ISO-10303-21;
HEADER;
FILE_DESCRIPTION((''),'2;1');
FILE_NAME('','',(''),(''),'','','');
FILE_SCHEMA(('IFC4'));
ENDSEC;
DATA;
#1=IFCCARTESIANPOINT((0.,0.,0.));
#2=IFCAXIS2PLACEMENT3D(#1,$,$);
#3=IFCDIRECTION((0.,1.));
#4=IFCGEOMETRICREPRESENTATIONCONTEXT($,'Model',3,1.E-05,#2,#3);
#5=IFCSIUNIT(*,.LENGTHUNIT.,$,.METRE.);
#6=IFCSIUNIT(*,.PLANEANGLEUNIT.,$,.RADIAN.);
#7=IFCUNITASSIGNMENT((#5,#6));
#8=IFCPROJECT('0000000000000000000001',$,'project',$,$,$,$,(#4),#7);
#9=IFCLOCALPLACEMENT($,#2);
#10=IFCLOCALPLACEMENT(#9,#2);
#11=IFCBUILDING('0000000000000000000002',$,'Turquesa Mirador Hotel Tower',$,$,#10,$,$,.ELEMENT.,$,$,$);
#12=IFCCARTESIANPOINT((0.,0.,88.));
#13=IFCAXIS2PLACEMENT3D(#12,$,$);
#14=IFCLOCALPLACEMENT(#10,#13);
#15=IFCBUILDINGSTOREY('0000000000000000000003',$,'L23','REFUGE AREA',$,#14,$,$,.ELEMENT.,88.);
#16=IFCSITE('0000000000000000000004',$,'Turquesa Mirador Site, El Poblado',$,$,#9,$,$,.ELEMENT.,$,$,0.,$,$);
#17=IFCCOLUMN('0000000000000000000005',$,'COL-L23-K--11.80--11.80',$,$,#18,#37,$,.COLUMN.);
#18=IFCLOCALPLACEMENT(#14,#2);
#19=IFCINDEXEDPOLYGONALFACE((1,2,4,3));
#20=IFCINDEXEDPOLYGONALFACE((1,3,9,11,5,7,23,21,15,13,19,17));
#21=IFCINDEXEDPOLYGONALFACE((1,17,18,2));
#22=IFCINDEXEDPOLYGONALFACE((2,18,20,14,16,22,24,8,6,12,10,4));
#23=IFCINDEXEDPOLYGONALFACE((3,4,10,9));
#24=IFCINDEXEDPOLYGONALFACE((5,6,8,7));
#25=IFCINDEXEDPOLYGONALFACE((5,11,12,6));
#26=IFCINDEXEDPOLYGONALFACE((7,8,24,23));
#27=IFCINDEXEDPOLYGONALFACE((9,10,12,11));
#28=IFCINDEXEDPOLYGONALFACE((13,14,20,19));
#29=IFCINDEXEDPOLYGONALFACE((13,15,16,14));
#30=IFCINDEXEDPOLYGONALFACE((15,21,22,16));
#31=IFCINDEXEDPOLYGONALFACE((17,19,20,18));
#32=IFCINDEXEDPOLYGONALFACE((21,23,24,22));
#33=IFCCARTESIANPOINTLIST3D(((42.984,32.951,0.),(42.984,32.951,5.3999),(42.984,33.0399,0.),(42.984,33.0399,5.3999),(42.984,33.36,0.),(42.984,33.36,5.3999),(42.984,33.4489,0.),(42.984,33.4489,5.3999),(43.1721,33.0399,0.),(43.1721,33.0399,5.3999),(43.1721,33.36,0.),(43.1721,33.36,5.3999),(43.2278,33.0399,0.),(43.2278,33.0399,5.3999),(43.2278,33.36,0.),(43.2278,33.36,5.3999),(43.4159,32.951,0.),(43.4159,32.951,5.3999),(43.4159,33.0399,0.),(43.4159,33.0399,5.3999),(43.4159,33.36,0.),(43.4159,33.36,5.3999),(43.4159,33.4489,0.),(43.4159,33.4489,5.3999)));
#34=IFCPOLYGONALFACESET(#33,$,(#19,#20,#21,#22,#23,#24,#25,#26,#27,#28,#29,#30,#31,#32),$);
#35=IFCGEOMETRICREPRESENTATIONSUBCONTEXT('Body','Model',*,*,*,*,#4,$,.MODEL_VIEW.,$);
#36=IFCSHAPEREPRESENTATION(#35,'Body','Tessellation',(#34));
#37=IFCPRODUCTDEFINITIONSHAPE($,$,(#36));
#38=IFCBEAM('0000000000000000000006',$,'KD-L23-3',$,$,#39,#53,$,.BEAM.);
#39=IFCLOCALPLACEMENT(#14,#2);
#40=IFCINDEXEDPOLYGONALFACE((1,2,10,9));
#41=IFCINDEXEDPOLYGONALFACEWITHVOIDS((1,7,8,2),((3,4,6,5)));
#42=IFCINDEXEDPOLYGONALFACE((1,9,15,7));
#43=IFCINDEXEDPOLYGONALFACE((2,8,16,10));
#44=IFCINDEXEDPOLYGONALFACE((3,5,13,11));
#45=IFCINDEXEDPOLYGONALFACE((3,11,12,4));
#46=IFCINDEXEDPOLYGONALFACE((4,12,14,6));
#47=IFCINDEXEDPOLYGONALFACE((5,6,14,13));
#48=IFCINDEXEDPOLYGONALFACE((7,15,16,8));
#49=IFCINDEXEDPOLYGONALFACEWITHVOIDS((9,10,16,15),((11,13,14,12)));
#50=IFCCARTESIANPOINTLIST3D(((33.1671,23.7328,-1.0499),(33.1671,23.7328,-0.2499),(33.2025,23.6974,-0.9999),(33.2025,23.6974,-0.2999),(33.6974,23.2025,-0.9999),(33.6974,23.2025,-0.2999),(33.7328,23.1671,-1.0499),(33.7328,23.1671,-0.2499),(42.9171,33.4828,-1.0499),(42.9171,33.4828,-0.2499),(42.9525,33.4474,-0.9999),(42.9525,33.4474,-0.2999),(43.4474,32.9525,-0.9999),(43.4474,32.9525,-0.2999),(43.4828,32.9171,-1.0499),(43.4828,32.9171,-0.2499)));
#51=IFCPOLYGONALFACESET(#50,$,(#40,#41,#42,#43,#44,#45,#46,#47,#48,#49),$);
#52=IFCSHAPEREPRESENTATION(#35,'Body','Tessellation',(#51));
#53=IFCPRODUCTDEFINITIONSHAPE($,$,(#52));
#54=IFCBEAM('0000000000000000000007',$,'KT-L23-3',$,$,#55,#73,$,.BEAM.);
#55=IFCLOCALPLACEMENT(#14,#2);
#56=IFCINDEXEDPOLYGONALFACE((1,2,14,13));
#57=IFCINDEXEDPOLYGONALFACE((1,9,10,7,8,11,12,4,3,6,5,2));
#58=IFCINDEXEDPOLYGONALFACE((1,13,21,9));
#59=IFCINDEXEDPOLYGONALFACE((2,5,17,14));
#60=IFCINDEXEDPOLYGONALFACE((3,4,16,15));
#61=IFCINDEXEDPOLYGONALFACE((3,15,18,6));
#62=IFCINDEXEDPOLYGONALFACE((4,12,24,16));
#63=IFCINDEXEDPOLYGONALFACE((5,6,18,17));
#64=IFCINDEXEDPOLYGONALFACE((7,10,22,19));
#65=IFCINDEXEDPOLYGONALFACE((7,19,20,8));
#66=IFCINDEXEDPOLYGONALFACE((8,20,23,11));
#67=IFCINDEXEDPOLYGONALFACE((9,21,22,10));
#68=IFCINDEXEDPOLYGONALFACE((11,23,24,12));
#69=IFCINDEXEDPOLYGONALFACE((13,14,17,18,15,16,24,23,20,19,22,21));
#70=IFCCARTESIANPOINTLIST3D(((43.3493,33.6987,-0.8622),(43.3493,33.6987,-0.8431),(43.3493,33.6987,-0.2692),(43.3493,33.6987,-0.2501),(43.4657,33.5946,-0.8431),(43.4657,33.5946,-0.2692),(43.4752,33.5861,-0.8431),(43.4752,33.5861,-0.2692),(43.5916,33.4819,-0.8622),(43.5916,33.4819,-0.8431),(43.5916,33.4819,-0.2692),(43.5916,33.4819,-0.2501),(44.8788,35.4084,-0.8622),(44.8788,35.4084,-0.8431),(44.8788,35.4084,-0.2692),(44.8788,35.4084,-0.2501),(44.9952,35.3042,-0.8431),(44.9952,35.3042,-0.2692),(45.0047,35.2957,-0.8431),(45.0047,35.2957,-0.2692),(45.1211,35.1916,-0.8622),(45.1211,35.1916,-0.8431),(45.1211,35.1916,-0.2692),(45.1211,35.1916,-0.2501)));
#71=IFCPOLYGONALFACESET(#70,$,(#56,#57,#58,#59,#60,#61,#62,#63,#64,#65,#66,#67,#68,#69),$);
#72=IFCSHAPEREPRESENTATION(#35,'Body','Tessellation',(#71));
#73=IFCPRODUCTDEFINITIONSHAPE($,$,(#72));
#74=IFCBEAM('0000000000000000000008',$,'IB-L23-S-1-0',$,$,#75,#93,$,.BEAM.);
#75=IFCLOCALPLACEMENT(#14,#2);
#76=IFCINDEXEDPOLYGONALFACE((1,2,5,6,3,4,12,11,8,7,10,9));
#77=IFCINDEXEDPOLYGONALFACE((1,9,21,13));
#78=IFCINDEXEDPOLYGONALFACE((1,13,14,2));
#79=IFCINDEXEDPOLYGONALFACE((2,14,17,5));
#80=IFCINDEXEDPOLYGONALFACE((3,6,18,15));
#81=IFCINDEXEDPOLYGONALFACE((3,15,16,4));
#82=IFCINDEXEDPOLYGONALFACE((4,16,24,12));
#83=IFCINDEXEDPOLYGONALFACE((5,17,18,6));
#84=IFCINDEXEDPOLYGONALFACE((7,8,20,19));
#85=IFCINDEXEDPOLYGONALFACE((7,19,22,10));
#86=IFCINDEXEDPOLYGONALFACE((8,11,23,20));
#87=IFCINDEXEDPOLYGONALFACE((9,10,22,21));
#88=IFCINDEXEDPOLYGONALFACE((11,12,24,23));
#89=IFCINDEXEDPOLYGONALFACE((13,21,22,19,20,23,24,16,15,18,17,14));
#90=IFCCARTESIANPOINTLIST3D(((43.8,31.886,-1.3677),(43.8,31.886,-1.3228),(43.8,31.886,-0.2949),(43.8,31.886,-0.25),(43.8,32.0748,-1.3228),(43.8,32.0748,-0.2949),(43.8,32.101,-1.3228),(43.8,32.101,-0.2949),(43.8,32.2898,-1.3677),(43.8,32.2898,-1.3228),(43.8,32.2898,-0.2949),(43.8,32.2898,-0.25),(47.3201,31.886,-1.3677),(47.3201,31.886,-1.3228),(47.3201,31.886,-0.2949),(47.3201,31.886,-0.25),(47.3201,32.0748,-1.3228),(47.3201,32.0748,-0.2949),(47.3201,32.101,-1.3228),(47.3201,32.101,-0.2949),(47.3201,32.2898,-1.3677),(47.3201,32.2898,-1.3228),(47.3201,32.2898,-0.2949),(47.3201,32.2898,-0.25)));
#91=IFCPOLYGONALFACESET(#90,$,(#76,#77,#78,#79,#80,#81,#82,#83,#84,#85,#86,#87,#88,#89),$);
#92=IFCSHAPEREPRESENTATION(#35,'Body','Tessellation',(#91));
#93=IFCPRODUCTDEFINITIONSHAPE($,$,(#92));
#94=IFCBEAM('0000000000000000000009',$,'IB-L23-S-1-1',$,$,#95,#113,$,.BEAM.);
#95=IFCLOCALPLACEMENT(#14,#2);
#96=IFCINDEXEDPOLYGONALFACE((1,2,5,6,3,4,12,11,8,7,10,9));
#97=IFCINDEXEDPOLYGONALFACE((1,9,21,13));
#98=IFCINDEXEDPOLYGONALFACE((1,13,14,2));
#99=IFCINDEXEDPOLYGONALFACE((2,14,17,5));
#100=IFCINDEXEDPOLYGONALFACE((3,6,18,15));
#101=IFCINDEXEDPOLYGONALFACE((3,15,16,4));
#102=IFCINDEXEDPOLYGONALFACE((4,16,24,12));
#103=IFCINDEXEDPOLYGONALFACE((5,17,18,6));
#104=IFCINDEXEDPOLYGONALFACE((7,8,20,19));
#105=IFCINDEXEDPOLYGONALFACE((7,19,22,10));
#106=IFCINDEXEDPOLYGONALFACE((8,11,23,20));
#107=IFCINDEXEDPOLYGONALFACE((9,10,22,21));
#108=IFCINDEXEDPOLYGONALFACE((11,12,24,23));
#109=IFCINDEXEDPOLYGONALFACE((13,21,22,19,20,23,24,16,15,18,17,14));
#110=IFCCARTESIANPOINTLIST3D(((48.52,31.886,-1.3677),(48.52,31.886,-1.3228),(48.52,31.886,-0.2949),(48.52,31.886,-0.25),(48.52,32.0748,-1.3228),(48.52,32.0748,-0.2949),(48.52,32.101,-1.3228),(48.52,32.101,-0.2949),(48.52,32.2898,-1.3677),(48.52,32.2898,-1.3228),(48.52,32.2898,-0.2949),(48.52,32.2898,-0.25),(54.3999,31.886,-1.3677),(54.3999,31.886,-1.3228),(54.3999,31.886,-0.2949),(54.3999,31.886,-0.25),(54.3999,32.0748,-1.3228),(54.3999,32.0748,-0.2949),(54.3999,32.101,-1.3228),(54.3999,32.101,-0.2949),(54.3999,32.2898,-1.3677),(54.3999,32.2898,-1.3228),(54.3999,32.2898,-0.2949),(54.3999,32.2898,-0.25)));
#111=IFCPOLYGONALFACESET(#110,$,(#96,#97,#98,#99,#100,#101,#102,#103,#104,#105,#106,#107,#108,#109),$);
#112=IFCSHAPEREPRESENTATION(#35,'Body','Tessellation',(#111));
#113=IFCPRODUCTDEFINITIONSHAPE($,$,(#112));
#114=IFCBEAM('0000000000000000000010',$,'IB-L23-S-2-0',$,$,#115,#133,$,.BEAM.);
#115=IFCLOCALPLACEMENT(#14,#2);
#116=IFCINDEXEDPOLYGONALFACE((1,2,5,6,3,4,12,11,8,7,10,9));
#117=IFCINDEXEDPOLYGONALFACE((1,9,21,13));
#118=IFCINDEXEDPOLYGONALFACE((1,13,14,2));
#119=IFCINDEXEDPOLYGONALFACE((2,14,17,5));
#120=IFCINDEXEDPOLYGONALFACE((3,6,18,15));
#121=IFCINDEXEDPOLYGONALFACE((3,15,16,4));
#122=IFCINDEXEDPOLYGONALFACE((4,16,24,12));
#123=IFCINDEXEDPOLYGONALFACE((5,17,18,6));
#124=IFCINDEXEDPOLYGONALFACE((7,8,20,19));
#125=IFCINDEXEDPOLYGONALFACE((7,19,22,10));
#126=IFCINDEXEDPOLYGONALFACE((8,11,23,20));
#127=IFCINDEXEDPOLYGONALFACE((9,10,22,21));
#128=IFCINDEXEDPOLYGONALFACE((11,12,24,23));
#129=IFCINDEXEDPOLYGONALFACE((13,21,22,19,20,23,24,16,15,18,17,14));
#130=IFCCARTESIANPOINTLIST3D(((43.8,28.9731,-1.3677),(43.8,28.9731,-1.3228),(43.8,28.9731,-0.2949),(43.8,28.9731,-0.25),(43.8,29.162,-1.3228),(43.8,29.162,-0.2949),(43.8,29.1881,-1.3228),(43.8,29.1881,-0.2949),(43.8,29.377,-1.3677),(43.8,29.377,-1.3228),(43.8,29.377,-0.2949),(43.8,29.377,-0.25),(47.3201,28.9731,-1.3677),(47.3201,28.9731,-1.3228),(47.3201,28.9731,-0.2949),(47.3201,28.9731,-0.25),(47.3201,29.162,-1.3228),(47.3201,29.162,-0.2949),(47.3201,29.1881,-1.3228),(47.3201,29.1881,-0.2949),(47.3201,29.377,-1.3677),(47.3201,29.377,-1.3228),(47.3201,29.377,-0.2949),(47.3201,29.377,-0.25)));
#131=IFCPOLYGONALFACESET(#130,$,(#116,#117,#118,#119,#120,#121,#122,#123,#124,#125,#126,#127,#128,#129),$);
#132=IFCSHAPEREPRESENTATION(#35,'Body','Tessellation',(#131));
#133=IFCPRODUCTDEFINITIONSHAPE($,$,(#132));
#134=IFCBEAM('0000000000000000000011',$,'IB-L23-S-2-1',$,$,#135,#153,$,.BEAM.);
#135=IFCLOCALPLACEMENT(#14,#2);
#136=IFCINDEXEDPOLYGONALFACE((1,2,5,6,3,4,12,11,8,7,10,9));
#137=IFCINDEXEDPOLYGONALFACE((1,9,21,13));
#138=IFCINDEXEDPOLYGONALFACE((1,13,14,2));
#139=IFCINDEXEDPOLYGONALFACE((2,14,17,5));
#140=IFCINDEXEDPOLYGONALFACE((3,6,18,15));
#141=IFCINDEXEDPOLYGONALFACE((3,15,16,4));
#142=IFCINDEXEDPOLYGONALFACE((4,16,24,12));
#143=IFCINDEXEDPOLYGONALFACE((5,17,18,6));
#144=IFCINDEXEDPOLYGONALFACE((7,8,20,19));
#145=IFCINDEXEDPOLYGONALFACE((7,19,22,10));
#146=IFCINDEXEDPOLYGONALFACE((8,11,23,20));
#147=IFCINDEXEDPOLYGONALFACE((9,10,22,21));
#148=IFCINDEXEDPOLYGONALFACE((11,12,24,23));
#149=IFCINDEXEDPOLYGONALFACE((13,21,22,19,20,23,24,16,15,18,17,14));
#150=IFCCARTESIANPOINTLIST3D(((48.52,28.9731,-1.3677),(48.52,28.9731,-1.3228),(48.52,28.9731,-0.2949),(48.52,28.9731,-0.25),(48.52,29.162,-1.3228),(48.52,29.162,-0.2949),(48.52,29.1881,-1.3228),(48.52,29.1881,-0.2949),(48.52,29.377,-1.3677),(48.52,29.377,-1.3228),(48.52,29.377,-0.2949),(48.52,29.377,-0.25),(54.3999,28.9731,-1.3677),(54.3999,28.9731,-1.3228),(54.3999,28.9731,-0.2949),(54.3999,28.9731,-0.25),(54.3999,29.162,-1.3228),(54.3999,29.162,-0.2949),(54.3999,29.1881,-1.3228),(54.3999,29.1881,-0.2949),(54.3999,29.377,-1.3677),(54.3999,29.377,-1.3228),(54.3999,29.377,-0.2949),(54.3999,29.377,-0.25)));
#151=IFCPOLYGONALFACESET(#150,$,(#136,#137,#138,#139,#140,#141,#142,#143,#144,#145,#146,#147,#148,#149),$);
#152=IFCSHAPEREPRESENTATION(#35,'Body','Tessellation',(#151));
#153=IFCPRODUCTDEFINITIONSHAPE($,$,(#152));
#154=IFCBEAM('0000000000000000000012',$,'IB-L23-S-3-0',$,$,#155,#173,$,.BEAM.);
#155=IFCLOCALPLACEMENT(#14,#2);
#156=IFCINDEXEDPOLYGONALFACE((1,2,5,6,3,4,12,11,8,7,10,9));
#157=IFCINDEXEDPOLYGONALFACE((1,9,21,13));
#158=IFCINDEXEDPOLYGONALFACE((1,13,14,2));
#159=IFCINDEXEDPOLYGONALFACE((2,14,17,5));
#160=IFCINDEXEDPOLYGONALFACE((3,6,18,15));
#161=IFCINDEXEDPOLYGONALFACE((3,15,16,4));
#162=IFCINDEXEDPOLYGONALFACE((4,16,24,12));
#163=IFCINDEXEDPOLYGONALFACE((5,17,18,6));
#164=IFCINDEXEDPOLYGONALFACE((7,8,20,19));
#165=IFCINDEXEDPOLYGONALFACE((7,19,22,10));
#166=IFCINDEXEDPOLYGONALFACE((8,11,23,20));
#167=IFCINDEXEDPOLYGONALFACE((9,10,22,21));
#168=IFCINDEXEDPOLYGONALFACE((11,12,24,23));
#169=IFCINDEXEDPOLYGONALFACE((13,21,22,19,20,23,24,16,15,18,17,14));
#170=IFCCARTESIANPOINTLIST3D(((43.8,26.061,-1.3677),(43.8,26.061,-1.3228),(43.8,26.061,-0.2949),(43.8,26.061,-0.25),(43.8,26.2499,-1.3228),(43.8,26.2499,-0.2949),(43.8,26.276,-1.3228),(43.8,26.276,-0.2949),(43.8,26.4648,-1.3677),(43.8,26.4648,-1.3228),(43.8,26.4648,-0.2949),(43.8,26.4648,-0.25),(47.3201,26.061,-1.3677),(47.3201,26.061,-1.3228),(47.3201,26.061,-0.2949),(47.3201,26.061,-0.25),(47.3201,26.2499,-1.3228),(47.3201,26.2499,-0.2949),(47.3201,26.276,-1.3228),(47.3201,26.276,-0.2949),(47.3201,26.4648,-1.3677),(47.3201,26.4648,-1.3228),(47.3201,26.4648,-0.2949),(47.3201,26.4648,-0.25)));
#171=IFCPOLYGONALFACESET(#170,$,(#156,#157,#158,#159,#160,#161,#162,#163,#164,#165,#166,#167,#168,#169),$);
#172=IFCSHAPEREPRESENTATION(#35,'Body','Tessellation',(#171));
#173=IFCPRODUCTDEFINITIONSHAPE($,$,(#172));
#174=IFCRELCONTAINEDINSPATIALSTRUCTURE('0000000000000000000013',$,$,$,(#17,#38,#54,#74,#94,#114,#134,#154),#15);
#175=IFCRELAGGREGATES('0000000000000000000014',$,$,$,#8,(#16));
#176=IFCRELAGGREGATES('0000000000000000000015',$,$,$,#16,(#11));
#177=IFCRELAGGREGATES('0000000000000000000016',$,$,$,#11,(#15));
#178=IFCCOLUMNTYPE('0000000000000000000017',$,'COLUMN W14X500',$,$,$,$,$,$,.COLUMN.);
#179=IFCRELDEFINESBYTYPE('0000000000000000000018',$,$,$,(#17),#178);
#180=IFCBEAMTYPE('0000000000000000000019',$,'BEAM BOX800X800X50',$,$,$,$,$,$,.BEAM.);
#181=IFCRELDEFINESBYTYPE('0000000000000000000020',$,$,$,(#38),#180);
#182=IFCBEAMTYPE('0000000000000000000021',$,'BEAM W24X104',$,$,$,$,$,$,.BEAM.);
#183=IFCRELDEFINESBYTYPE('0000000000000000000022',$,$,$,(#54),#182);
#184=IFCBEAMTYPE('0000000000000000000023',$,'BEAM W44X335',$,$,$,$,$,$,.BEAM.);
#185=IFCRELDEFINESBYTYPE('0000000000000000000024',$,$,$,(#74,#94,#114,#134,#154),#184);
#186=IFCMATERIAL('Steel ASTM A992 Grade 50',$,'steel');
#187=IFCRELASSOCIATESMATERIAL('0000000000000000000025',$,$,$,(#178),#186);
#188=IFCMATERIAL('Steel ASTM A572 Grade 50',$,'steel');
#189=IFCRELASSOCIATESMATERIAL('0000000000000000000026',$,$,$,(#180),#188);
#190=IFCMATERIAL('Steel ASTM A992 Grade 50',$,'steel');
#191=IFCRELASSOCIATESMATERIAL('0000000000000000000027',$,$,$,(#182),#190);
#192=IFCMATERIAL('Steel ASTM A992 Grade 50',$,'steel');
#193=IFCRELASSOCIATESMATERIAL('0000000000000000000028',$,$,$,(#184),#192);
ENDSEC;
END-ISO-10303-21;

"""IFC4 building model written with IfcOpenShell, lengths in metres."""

from ifc_helpers import new_model, si_unit, direction, frame, origin, origin_2d, place, context, subcontext, project, spatial, hollow_rectangle, i_section, extrude, material, material_profile, profile_set, type_object, element, save


model = new_model("IFC4")

# Units and contexts
model_context = context("Model", 3, precision=1e-05, world=origin(), true_north=direction((0.0, 1.0)))
body_context = subcontext(model_context, "Body", "Model", "MODEL_VIEW")
ifc_project = project(units=[si_unit("LENGTHUNIT", "METRE"), si_unit("PLANEANGLEUNIT", "RADIAN")], contexts=[model_context])

# Site, building, storey
site_placement = place(None, origin())
site = spatial("IfcSite", under=ifc_project, at=site_placement, Name="Turquesa Mirador Site, El Poblado", CompositionType="ELEMENT", RefElevation=0.0)
building_placement = place(site_placement, origin())
building = spatial("IfcBuilding", under=site, at=building_placement, Name="Turquesa Mirador Hotel Tower", CompositionType="ELEMENT")
storey_placement = place(building_placement, frame((0.0, 0.0, 88.0)))
storey = spatial("IfcBuildingStorey", under=building, at=storey_placement, Name="L23", Description="REFUGE AREA", CompositionType="ELEMENT", Elevation=88.0)

# Column
ifc_material_1 = material(Name="Steel ASTM A992 Grade 50", Category="steel")
ifc_material_profile_1 = material_profile(ifc_material_1, i_section(OverallWidth=0.4319, OverallDepth=0.4978, WebThickness=0.0557, FlangeThickness=0.0889, at=origin_2d()), Name="W14X500")
ifc_profile_set_1 = profile_set([ifc_material_profile_1], Name="Steel ASTM A992 Grade 50")
column_type = type_object("IfcColumnType", Name="COLUMN W14X500", PredefinedType="COLUMN", material=ifc_profile_set_1)
column_placement = place(storey_placement, frame((43.2, 33.2, 0.0), z_axis=(0.0, 0.0, 1.0), x_axis=(1.0, 0.0, 0.0)))
element("IfcColumn", 1, at=column_placement, inside=storey, type_object=column_type, Name="COL-L23-K--11.80--11.80", PredefinedType="COLUMN", context=body_context, shape_type="SweptSolid", body=[
    extrude(i_section(OverallWidth=0.4319, OverallDepth=0.4978, WebThickness=0.0557, FlangeThickness=0.0889, at=origin_2d()), origin(), (0.0, 0.0, 1.0), 5.3999),
])

# Beams
ifc_material_2 = material(Name="Steel ASTM A572 Grade 50", Category="steel")
ifc_material_profile_2 = material_profile(ifc_material_2, hollow_rectangle(XDim=0.8, YDim=0.8, WallThickness=0.05, at=origin_2d()), Name="BOX800X800X50")
ifc_profile_set_2 = profile_set([ifc_material_profile_2], Name="Steel ASTM A572 Grade 50")
beam_type_1 = type_object("IfcBeamType", Name="BEAM BOX800X800X50", PredefinedType="BEAM", material=ifc_profile_set_2)
beam_1_placement = place(storey_placement, frame((43.2, 33.2, -0.6499), z_axis=(-0.707107, -0.707107, 0.0), x_axis=(0.707107, -0.707107, 0.0)))
element("IfcBeam", 2, at=beam_1_placement, inside=storey, type_object=beam_type_1, Name="KD-L23-3", PredefinedType="BEAM", context=body_context, shape_type="SweptSolid", body=[
    extrude(hollow_rectangle(XDim=0.8, YDim=0.8, WallThickness=0.05, at=origin_2d()), origin(), (0.0, 0.0, 1.0), 13.7886),
])
ifc_material_3 = material(Name="Steel ASTM A992 Grade 50", Category="steel")
ifc_material_profile_3 = material_profile(ifc_material_3, i_section(OverallWidth=0.3252, OverallDepth=0.6121, WebThickness=0.0127, FlangeThickness=0.019, at=origin_2d()), Name="W24X104")
ifc_profile_set_3 = profile_set([ifc_material_profile_3], Name="Steel ASTM A992 Grade 50")
beam_type_2 = type_object("IfcBeamType", Name="BEAM W24X104", PredefinedType="BEAM", material=ifc_profile_set_3)
beam_2_placement = place(storey_placement, frame((43.4705, 33.5903, -0.5562), z_axis=(0.666745, 0.745286, 0.0), x_axis=(-0.745286, 0.666745, 0.0)))
element("IfcBeam", 3, at=beam_2_placement, inside=storey, type_object=beam_type_2, Name="KT-L23-3", PredefinedType="BEAM", context=body_context, shape_type="SweptSolid", body=[
    extrude(i_section(OverallWidth=0.3252, OverallDepth=0.6121, WebThickness=0.0127, FlangeThickness=0.019, at=origin_2d()), origin(), (0.0, 0.0, 1.0), 2.2939),
])
ifc_material_4 = material(Name="Steel ASTM A992 Grade 50", Category="steel")
ifc_material_profile_4 = material_profile(ifc_material_4, i_section(OverallWidth=0.4038, OverallDepth=1.1177, WebThickness=0.0261, FlangeThickness=0.0449, at=origin_2d()), Name="W44X335")
ifc_profile_set_4 = profile_set([ifc_material_profile_4], Name="Steel ASTM A992 Grade 50")
beam_type_3 = type_object("IfcBeamType", Name="BEAM W44X335", PredefinedType="BEAM", material=ifc_profile_set_4)
beam_3_placement = place(storey_placement, frame((43.8, 32.0879, -0.8088), z_axis=(1.0, 0.0, 0.0), x_axis=(0.0, 1.0, 0.0)))
element("IfcBeam", 4, at=beam_3_placement, inside=storey, type_object=beam_type_3, Name="IB-L23-S-1-0", PredefinedType="BEAM", context=body_context, shape_type="SweptSolid", body=[
    extrude(i_section(OverallWidth=0.4038, OverallDepth=1.1177, WebThickness=0.0261, FlangeThickness=0.0449, at=origin_2d()), origin(), (0.0, 0.0, 1.0), 3.52),
])
beam_4_placement = place(storey_placement, frame((48.52, 32.0879, -0.8088), z_axis=(1.0, 0.0, 0.0), x_axis=(0.0, 1.0, 0.0)))
element("IfcBeam", 5, at=beam_4_placement, inside=storey, type_object=beam_type_3, Name="IB-L23-S-1-1", PredefinedType="BEAM", context=body_context, shape_type="SweptSolid", body=[
    extrude(i_section(OverallWidth=0.4038, OverallDepth=1.1177, WebThickness=0.0261, FlangeThickness=0.0449, at=origin_2d()), origin(), (0.0, 0.0, 1.0), 5.8799),
])
beam_5_placement = place(storey_placement, frame((43.8, 29.175, -0.8088), z_axis=(1.0, 0.0, 0.0), x_axis=(0.0, 1.0, 0.0)))
element("IfcBeam", 6, at=beam_5_placement, inside=storey, type_object=beam_type_3, Name="IB-L23-S-2-0", PredefinedType="BEAM", context=body_context, shape_type="SweptSolid", body=[
    extrude(i_section(OverallWidth=0.4038, OverallDepth=1.1177, WebThickness=0.0261, FlangeThickness=0.0449, at=origin_2d()), origin(), (0.0, 0.0, 1.0), 3.52),
])
beam_6_placement = place(storey_placement, frame((48.52, 29.175, -0.8088), z_axis=(1.0, 0.0, 0.0), x_axis=(0.0, 1.0, 0.0)))
element("IfcBeam", 7, at=beam_6_placement, inside=storey, type_object=beam_type_3, Name="IB-L23-S-2-1", PredefinedType="BEAM", context=body_context, shape_type="SweptSolid", body=[
    extrude(i_section(OverallWidth=0.4038, OverallDepth=1.1177, WebThickness=0.0261, FlangeThickness=0.0449, at=origin_2d()), origin(), (0.0, 0.0, 1.0), 5.8799),
])
beam_7_placement = place(storey_placement, frame((43.8, 26.2629, -0.8088), z_axis=(1.0, 0.0, 0.0), x_axis=(0.0, 1.0, 0.0)))
element("IfcBeam", 8, at=beam_7_placement, inside=storey, type_object=beam_type_3, Name="IB-L23-S-3-0", PredefinedType="BEAM", context=body_context, shape_type="SweptSolid", body=[
    extrude(i_section(OverallWidth=0.4038, OverallDepth=1.1177, WebThickness=0.0261, FlangeThickness=0.0449, at=origin_2d()), origin(), (0.0, 0.0, 1.0), 3.52),
])

save(model, "model.ifc")
